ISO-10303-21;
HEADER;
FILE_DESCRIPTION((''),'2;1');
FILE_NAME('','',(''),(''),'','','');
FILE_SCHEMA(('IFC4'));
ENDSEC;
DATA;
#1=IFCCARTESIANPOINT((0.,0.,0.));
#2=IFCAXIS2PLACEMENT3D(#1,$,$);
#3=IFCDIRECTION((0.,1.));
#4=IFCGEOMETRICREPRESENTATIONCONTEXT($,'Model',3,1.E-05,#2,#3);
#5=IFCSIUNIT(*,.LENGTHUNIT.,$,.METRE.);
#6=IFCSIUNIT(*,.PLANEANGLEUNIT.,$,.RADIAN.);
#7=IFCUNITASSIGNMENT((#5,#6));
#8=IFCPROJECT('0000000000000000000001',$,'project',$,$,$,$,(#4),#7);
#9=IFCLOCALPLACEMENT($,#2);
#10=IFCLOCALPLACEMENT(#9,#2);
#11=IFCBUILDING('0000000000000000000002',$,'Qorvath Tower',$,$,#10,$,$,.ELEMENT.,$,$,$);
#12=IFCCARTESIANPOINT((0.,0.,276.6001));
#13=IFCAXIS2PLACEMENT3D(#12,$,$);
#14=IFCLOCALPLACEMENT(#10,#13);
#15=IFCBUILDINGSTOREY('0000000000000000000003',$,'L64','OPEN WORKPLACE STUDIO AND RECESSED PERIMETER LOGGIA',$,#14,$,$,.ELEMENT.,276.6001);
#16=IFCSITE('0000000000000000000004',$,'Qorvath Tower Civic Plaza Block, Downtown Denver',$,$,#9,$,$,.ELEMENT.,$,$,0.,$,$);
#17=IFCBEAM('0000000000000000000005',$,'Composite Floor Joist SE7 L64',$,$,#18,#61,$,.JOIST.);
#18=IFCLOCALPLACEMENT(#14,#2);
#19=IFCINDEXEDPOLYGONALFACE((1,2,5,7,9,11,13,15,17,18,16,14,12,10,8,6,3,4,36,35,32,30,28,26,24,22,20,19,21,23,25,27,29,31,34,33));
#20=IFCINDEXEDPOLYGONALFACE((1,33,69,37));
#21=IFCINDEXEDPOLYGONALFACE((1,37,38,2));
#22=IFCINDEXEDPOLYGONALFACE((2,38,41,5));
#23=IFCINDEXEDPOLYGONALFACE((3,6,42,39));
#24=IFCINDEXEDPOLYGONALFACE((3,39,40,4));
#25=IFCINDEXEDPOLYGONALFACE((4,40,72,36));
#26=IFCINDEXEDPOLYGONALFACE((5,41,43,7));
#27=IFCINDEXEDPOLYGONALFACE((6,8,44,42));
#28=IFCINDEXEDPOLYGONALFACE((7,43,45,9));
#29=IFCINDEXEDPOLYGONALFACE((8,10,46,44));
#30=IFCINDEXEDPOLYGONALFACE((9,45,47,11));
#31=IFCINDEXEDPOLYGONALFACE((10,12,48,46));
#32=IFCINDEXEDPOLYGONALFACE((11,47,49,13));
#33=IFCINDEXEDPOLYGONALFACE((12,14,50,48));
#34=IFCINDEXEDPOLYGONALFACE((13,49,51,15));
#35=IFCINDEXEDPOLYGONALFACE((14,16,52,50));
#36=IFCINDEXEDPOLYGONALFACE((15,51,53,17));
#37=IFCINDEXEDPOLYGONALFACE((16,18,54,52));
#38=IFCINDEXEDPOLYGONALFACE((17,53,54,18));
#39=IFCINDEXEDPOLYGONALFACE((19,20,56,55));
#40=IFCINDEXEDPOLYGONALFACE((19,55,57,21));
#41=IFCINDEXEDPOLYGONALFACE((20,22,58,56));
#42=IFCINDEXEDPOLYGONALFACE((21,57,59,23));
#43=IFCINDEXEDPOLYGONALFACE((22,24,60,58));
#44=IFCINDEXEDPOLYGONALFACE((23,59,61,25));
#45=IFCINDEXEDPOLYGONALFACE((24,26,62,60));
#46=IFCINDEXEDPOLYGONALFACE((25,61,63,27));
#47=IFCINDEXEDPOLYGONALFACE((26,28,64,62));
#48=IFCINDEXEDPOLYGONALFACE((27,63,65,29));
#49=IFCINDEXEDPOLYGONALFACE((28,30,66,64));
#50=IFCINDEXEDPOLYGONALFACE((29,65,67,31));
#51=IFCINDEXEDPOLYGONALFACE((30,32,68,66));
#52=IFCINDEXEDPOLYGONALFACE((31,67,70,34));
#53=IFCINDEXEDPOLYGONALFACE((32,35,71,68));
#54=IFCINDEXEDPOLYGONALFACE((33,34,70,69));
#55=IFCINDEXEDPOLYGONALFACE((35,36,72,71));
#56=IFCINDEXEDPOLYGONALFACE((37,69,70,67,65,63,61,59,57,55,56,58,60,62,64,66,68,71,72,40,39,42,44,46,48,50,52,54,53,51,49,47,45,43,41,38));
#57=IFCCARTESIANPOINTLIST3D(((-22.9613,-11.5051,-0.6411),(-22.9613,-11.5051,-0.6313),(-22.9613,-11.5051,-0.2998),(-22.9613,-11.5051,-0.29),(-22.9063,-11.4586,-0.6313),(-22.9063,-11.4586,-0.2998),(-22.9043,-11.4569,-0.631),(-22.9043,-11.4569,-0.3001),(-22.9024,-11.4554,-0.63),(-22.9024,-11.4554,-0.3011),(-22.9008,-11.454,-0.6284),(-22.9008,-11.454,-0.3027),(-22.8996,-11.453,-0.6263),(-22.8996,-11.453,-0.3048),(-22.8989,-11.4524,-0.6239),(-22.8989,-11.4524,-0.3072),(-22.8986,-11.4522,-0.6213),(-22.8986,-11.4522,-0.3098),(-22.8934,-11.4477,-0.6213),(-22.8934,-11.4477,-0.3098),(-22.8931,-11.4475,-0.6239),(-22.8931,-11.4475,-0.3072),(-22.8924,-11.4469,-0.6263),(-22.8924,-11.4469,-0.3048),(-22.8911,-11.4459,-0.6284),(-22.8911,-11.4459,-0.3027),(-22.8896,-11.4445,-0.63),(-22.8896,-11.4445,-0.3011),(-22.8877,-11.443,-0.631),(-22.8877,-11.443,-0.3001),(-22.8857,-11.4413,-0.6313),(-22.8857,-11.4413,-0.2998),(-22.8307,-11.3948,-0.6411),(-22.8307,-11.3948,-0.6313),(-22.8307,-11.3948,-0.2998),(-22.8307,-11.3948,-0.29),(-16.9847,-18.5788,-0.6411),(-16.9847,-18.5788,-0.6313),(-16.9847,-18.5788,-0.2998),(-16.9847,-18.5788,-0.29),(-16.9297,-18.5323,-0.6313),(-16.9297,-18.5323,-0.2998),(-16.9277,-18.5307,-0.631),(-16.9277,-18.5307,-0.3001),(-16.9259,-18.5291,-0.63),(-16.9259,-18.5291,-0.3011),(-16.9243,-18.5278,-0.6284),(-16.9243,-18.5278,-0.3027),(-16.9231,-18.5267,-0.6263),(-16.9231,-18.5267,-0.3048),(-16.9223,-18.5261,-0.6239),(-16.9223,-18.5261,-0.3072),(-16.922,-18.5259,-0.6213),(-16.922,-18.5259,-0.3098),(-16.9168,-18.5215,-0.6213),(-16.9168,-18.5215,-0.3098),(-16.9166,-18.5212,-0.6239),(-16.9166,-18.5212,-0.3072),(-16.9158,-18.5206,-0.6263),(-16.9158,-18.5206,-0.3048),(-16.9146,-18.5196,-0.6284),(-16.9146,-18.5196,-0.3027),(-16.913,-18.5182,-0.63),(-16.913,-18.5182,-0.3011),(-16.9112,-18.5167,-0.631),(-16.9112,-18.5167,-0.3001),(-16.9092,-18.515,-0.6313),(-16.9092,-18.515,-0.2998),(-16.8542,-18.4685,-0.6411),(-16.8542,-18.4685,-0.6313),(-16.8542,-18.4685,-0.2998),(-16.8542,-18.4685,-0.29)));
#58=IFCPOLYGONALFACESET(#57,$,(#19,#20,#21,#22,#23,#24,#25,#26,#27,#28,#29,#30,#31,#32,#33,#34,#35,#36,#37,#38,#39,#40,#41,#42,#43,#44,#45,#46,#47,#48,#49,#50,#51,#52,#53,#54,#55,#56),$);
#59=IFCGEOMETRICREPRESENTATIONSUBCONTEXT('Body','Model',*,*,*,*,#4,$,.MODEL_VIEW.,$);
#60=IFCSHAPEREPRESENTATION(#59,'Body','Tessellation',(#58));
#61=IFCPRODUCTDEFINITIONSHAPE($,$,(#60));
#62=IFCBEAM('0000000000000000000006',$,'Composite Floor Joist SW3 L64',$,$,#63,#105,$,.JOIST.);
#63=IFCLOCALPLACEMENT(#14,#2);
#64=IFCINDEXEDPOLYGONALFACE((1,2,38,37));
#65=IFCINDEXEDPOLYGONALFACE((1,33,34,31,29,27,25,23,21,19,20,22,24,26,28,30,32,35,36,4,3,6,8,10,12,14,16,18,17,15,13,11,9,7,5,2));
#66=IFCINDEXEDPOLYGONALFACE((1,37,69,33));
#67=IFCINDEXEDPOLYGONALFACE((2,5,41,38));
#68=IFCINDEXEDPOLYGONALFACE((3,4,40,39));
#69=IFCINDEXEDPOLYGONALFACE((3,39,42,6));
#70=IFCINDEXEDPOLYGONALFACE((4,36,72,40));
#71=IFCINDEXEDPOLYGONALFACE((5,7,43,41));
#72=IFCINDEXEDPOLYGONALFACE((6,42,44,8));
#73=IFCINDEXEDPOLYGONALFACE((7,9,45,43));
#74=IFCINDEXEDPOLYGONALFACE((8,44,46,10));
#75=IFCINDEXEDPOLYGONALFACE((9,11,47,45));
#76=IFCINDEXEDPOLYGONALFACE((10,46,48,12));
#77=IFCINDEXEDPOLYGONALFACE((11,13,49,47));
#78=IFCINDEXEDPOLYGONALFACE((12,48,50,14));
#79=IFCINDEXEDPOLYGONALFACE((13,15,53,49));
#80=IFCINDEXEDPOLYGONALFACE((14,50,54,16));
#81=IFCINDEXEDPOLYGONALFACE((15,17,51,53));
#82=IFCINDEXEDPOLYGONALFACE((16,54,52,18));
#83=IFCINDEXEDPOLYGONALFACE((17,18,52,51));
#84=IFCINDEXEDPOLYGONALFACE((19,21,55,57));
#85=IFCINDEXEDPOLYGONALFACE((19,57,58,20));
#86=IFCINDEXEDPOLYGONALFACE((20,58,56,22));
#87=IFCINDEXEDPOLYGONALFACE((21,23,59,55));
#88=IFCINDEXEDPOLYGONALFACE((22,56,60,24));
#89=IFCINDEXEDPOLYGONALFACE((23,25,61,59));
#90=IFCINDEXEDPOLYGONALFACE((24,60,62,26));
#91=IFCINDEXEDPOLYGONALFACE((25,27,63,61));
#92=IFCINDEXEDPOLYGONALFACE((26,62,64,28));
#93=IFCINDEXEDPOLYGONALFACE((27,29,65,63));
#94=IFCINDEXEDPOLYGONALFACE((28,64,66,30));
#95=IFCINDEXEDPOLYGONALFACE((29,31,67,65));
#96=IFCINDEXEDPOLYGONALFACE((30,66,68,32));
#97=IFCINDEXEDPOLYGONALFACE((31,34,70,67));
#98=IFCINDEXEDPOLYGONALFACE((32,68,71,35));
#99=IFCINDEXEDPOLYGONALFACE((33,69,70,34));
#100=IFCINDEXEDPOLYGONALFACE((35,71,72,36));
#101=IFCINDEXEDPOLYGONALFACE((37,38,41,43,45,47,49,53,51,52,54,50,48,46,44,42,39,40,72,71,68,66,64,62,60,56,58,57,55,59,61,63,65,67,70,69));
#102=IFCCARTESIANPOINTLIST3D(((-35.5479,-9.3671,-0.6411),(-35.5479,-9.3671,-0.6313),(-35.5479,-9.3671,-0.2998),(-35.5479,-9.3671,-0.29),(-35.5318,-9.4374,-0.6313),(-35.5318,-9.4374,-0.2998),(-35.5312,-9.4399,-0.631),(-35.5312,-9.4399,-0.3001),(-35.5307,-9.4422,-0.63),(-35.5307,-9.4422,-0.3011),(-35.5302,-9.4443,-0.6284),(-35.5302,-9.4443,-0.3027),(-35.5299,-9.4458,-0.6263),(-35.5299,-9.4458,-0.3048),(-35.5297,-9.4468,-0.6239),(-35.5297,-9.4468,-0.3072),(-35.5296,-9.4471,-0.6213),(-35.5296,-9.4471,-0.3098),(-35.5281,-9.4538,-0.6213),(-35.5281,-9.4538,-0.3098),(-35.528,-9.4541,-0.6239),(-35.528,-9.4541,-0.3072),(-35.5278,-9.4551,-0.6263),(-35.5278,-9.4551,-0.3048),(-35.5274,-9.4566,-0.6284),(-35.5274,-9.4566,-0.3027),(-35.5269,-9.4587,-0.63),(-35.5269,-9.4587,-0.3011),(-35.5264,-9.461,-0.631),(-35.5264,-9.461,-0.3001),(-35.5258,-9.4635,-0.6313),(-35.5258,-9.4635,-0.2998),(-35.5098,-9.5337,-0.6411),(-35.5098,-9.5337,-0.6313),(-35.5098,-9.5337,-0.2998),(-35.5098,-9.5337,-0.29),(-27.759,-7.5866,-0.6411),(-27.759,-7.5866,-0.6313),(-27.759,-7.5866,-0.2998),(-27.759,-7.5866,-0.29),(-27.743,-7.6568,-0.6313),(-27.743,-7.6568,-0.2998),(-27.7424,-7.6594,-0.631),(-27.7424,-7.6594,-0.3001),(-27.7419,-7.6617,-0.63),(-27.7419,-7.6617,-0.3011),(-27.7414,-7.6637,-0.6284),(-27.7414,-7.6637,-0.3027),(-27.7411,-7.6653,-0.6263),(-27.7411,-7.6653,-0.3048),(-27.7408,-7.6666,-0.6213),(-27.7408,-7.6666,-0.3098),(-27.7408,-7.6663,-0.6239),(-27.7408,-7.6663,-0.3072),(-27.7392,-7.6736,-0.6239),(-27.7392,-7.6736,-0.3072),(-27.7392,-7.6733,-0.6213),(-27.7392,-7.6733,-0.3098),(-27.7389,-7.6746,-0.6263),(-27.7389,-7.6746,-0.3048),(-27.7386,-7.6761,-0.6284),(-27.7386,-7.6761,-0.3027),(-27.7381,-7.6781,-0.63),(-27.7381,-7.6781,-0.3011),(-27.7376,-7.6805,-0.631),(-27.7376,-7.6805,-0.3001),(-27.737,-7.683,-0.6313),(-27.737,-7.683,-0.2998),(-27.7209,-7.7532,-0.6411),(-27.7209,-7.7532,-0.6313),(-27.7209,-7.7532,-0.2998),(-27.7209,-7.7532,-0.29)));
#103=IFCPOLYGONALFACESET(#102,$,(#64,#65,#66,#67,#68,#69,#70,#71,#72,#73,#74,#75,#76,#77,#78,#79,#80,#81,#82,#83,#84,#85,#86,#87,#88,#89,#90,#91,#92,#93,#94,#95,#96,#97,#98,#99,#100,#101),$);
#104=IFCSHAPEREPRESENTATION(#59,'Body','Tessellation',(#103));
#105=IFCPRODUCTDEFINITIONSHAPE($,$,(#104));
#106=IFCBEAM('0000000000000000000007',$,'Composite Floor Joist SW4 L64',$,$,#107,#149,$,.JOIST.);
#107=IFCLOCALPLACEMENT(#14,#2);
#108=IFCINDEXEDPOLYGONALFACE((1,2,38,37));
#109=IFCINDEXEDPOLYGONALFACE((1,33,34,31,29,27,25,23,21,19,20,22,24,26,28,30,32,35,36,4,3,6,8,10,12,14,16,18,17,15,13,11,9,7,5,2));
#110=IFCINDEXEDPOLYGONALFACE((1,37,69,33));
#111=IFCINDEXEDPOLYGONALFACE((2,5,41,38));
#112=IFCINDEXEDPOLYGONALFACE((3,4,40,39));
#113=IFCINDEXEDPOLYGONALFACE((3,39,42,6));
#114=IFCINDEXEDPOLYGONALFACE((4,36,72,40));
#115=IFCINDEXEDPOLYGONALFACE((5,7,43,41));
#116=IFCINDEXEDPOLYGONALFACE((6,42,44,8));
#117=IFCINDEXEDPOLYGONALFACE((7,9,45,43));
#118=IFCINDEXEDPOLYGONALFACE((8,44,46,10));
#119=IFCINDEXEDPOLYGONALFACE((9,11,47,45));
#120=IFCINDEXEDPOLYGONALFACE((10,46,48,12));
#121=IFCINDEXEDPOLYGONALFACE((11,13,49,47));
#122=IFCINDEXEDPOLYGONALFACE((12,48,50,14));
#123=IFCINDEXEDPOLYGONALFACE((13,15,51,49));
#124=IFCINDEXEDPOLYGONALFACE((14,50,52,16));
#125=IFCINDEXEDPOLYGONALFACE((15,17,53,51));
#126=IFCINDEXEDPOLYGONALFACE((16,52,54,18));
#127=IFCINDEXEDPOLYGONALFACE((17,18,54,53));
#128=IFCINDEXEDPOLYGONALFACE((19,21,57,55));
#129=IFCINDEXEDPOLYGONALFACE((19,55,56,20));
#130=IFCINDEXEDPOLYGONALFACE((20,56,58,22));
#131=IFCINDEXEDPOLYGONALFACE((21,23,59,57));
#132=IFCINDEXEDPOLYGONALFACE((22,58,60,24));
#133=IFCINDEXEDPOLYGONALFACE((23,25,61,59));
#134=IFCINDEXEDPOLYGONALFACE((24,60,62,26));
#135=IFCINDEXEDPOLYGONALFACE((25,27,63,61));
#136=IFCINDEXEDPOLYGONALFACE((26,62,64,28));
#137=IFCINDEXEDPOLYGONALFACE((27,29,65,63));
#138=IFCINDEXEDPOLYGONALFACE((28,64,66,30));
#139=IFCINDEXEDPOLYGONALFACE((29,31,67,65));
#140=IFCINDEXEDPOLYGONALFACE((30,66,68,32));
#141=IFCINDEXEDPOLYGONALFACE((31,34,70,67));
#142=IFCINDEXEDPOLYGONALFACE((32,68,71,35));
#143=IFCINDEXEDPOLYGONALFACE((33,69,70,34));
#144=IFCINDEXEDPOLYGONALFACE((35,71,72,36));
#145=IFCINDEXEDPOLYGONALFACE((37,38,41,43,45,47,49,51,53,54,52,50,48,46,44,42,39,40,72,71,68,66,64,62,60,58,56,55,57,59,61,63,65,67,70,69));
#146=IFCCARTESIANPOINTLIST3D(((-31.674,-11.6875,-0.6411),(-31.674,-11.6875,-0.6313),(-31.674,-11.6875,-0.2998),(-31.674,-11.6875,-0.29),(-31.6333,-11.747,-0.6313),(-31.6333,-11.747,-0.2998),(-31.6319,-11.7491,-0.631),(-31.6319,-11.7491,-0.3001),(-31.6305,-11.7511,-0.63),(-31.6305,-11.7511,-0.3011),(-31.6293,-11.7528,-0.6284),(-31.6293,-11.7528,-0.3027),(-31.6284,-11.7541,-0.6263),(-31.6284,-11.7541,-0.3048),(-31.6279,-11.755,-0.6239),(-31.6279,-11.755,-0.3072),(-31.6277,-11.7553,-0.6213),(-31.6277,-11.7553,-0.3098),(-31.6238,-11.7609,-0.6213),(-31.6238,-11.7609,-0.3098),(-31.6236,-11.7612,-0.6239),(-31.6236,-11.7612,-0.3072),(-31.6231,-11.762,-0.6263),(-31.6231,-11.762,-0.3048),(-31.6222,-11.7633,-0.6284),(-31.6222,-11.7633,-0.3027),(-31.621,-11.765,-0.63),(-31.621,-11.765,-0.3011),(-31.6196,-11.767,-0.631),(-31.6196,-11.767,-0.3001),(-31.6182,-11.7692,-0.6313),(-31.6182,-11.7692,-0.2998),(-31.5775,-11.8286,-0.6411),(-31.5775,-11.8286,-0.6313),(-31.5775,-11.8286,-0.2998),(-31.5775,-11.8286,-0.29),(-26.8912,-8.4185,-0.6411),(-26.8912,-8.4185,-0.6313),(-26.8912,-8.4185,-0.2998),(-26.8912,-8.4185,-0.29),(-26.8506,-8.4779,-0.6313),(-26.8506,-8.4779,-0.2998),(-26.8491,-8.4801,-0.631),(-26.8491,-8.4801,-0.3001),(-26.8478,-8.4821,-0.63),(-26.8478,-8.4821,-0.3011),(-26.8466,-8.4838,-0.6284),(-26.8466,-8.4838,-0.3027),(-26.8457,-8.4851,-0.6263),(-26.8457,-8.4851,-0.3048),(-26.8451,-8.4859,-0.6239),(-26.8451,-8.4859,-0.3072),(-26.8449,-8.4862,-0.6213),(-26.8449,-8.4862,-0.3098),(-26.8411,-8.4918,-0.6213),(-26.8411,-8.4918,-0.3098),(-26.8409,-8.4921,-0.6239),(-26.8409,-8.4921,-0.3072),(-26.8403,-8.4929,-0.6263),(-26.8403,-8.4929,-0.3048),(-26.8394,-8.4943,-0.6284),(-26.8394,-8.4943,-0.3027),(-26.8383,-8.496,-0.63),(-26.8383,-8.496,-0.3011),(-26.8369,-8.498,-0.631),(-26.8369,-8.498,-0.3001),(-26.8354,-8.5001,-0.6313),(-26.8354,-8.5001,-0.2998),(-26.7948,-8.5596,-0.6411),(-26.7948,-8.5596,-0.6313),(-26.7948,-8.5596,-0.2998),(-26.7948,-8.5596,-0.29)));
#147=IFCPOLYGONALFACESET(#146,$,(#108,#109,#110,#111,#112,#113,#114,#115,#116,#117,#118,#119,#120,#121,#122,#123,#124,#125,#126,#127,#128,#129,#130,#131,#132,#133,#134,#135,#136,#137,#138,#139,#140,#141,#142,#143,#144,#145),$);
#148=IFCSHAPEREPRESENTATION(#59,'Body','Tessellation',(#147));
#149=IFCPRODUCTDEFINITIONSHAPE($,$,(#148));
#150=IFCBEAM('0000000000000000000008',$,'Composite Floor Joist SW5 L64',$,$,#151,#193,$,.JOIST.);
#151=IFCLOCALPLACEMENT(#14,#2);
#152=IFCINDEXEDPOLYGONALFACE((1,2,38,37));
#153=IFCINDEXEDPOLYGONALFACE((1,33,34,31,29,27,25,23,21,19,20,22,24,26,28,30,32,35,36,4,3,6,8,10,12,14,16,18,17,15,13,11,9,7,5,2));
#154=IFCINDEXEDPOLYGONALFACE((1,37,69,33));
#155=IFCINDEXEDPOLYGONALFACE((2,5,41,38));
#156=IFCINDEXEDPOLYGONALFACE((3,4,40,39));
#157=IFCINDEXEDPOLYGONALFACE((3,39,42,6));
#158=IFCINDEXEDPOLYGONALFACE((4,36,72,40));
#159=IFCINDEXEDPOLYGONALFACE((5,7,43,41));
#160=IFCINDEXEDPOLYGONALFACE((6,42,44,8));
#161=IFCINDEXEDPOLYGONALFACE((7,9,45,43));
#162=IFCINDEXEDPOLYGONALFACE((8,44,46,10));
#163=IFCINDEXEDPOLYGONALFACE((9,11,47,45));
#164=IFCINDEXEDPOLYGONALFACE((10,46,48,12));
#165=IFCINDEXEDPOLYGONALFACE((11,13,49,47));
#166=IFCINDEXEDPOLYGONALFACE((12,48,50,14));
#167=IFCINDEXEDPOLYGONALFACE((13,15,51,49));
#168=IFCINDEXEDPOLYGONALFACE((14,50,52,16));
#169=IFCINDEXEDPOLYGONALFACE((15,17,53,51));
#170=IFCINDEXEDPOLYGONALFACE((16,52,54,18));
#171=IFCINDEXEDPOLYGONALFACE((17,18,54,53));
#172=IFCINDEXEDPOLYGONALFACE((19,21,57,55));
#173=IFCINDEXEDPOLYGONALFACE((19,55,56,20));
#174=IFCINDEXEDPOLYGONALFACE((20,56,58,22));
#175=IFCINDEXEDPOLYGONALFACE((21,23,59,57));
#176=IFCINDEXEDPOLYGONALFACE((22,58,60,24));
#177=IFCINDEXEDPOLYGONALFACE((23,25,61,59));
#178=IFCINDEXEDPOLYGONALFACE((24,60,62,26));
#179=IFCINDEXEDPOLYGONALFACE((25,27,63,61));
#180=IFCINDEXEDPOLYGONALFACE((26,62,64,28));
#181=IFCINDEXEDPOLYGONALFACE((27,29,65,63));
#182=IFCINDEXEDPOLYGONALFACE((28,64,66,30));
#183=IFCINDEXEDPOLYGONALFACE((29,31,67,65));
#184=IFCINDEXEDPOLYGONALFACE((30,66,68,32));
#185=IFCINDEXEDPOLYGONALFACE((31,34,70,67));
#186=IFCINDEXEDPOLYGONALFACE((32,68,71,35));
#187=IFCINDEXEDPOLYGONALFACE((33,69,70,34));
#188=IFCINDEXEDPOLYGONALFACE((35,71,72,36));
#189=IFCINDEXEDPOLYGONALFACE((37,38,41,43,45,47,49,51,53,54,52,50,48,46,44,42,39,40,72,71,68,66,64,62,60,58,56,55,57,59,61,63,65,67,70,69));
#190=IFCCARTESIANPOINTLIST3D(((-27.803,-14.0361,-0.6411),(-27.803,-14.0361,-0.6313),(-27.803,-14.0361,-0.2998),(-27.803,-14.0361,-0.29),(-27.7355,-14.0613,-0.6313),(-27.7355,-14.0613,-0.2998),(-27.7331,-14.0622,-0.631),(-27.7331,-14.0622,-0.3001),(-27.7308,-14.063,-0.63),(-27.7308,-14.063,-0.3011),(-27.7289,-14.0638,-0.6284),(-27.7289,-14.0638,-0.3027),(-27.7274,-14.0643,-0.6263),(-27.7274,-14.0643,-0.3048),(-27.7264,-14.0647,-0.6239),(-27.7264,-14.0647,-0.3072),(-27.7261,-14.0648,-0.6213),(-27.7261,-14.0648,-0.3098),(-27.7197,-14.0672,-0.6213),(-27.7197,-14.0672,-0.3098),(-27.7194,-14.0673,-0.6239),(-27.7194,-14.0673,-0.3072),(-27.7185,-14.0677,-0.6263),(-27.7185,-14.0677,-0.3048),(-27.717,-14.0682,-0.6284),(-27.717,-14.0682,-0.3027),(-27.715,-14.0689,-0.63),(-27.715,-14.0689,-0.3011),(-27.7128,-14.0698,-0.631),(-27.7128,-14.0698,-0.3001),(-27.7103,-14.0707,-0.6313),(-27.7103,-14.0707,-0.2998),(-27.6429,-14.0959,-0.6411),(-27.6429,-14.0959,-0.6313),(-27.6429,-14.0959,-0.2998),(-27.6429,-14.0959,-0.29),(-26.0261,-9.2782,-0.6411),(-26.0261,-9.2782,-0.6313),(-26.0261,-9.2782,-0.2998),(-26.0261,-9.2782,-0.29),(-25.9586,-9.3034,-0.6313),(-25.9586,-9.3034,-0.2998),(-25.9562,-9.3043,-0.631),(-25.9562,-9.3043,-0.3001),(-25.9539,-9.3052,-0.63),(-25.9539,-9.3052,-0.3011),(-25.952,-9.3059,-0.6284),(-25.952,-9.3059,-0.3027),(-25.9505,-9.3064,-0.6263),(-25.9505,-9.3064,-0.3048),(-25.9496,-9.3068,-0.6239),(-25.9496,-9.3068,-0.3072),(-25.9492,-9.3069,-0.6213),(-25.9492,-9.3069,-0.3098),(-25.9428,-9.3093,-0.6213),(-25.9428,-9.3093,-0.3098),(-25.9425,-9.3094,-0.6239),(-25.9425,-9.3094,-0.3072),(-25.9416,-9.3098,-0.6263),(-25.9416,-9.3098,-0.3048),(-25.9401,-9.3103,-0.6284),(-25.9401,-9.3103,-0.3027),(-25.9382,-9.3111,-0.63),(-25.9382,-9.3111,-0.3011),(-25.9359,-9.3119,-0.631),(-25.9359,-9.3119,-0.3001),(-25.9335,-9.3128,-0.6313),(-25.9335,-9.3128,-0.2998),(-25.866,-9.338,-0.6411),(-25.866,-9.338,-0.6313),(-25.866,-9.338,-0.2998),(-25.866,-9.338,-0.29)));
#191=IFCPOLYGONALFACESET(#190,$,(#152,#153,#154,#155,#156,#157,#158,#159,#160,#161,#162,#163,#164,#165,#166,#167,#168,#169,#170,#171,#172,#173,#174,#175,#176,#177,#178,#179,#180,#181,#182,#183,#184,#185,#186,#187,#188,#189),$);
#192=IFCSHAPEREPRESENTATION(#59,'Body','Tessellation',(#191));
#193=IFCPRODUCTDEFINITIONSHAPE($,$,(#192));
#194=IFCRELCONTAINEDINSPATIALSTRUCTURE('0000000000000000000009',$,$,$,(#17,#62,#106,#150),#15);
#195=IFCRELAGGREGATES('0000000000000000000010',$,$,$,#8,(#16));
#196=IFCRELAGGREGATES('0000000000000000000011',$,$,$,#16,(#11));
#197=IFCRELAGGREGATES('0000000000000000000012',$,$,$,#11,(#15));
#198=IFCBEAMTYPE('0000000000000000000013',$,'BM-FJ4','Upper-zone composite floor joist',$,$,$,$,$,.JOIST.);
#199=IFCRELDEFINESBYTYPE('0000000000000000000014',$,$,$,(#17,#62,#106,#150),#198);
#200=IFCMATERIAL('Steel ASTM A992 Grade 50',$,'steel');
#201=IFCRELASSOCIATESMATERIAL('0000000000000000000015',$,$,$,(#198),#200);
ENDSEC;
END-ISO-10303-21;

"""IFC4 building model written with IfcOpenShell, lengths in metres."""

from ifc_helpers import new_model, si_unit, direction, frame, origin, origin_2d, place, context, subcontext, project, spatial, i_section, extrude, material, material_profile, profile_set, type_object, element, save


model = new_model("IFC4")

# Units and contexts
model_context = context("Model", 3, precision=1e-05, world=origin(), true_north=direction((0.0, 1.0)))
body_context = subcontext(model_context, "Body", "Model", "MODEL_VIEW")
ifc_project = project(units=[si_unit("LENGTHUNIT", "METRE"), si_unit("PLANEANGLEUNIT", "RADIAN")], contexts=[model_context])

# Site, building, storey
site_placement = place(None, origin())
site = spatial("IfcSite", under=ifc_project, at=site_placement, Name="Qorvath Tower Civic Plaza Block, Downtown Denver", CompositionType="ELEMENT", RefElevation=0.0)
building_placement = place(site_placement, origin())
building = spatial("IfcBuilding", under=site, at=building_placement, Name="Qorvath Tower", CompositionType="ELEMENT")
storey_placement = place(building_placement, frame((0.0, 0.0, 276.6001)))
storey = spatial("IfcBuildingStorey", under=building, at=storey_placement, Name="L64", Description="OPEN WORKPLACE STUDIO AND RECESSED PERIMETER LOGGIA", CompositionType="ELEMENT", Elevation=276.6001)

# Beams
ifc_material_1 = material(Name="Steel ASTM A992 Grade 50", Category="steel")
ifc_material_profile_1 = material_profile(ifc_material_1, i_section(OverallWidth=0.1709, OverallDepth=0.3511, WebThickness=0.0068, FlangeThickness=0.0098, FilletRadius=0.01, at=origin_2d()), Name="W14x30")
ifc_profile_set_1 = profile_set([ifc_material_profile_1], Name="Steel ASTM A992 Grade 50")
beam_type_1 = type_object("IfcBeamType", Name="BM-FJ4", Description="Upper-zone composite floor joist", PredefinedType="JOIST", material=ifc_profile_set_1)
beam_1_placement = place(storey_placement, frame((-22.896, -11.45, -0.4656), z_axis=(0.645382, -0.76386, 0.0), x_axis=(0.76386, 0.645382, 0.0)))
element("IfcBeam", 1, at=beam_1_placement, inside=storey, type_object=beam_type_1, Name="Composite Floor Joist SE7 L64", PredefinedType="JOIST", context=body_context, shape_type="SweptSolid", body=[
    extrude(i_section(OverallWidth=0.1709, OverallDepth=0.3511, WebThickness=0.0068, FlangeThickness=0.0098, FilletRadius=0.01, at=origin_2d()), origin(), (0.0, 0.0, 1.0), 9.2605),
])
beam_2_placement = place(storey_placement, frame((-27.74, -7.6699, -0.4656), z_axis=(-0.974853, -0.222851, 0.0), x_axis=(0.222851, -0.974853, 0.0)))
element("IfcBeam", 2, at=beam_2_placement, inside=storey, type_object=beam_type_1, Name="Composite Floor Joist SW3 L64", PredefinedType="JOIST", context=body_context, shape_type="SweptSolid", body=[
    extrude(i_section(OverallWidth=0.1709, OverallDepth=0.3511, WebThickness=0.0068, FlangeThickness=0.0098, FilletRadius=0.01, at=origin_2d()), origin(), (0.0, 0.0, 1.0), 7.9897),
])
beam_3_placement = place(storey_placement, frame((-26.843, -8.489, -0.4656), z_axis=(-0.825576, -0.564291, 0.0), x_axis=(0.564291, -0.825576, 0.0)))
element("IfcBeam", 3, at=beam_3_placement, inside=storey, type_object=beam_type_1, Name="Composite Floor Joist SW4 L64", PredefinedType="JOIST", context=body_context, shape_type="SweptSolid", body=[
    extrude(i_section(OverallWidth=0.1709, OverallDepth=0.3511, WebThickness=0.0068, FlangeThickness=0.0098, FilletRadius=0.01, at=origin_2d()), origin(), (0.0, 0.0, 1.0), 5.7932),
])
beam_4_placement = place(storey_placement, frame((-25.946, -9.3081, -0.4656), z_axis=(-0.349859, -0.936802, 0.0), x_axis=(0.936802, -0.349859, 0.0)))
element("IfcBeam", 4, at=beam_4_placement, inside=storey, type_object=beam_type_1, Name="Composite Floor Joist SW5 L64", PredefinedType="JOIST", context=body_context, shape_type="SweptSolid", body=[
    extrude(i_section(OverallWidth=0.1709, OverallDepth=0.3511, WebThickness=0.0068, FlangeThickness=0.0098, FilletRadius=0.01, at=origin_2d()), origin(), (0.0, 0.0, 1.0), 5.0789),
])

save(model, "model.ifc")
